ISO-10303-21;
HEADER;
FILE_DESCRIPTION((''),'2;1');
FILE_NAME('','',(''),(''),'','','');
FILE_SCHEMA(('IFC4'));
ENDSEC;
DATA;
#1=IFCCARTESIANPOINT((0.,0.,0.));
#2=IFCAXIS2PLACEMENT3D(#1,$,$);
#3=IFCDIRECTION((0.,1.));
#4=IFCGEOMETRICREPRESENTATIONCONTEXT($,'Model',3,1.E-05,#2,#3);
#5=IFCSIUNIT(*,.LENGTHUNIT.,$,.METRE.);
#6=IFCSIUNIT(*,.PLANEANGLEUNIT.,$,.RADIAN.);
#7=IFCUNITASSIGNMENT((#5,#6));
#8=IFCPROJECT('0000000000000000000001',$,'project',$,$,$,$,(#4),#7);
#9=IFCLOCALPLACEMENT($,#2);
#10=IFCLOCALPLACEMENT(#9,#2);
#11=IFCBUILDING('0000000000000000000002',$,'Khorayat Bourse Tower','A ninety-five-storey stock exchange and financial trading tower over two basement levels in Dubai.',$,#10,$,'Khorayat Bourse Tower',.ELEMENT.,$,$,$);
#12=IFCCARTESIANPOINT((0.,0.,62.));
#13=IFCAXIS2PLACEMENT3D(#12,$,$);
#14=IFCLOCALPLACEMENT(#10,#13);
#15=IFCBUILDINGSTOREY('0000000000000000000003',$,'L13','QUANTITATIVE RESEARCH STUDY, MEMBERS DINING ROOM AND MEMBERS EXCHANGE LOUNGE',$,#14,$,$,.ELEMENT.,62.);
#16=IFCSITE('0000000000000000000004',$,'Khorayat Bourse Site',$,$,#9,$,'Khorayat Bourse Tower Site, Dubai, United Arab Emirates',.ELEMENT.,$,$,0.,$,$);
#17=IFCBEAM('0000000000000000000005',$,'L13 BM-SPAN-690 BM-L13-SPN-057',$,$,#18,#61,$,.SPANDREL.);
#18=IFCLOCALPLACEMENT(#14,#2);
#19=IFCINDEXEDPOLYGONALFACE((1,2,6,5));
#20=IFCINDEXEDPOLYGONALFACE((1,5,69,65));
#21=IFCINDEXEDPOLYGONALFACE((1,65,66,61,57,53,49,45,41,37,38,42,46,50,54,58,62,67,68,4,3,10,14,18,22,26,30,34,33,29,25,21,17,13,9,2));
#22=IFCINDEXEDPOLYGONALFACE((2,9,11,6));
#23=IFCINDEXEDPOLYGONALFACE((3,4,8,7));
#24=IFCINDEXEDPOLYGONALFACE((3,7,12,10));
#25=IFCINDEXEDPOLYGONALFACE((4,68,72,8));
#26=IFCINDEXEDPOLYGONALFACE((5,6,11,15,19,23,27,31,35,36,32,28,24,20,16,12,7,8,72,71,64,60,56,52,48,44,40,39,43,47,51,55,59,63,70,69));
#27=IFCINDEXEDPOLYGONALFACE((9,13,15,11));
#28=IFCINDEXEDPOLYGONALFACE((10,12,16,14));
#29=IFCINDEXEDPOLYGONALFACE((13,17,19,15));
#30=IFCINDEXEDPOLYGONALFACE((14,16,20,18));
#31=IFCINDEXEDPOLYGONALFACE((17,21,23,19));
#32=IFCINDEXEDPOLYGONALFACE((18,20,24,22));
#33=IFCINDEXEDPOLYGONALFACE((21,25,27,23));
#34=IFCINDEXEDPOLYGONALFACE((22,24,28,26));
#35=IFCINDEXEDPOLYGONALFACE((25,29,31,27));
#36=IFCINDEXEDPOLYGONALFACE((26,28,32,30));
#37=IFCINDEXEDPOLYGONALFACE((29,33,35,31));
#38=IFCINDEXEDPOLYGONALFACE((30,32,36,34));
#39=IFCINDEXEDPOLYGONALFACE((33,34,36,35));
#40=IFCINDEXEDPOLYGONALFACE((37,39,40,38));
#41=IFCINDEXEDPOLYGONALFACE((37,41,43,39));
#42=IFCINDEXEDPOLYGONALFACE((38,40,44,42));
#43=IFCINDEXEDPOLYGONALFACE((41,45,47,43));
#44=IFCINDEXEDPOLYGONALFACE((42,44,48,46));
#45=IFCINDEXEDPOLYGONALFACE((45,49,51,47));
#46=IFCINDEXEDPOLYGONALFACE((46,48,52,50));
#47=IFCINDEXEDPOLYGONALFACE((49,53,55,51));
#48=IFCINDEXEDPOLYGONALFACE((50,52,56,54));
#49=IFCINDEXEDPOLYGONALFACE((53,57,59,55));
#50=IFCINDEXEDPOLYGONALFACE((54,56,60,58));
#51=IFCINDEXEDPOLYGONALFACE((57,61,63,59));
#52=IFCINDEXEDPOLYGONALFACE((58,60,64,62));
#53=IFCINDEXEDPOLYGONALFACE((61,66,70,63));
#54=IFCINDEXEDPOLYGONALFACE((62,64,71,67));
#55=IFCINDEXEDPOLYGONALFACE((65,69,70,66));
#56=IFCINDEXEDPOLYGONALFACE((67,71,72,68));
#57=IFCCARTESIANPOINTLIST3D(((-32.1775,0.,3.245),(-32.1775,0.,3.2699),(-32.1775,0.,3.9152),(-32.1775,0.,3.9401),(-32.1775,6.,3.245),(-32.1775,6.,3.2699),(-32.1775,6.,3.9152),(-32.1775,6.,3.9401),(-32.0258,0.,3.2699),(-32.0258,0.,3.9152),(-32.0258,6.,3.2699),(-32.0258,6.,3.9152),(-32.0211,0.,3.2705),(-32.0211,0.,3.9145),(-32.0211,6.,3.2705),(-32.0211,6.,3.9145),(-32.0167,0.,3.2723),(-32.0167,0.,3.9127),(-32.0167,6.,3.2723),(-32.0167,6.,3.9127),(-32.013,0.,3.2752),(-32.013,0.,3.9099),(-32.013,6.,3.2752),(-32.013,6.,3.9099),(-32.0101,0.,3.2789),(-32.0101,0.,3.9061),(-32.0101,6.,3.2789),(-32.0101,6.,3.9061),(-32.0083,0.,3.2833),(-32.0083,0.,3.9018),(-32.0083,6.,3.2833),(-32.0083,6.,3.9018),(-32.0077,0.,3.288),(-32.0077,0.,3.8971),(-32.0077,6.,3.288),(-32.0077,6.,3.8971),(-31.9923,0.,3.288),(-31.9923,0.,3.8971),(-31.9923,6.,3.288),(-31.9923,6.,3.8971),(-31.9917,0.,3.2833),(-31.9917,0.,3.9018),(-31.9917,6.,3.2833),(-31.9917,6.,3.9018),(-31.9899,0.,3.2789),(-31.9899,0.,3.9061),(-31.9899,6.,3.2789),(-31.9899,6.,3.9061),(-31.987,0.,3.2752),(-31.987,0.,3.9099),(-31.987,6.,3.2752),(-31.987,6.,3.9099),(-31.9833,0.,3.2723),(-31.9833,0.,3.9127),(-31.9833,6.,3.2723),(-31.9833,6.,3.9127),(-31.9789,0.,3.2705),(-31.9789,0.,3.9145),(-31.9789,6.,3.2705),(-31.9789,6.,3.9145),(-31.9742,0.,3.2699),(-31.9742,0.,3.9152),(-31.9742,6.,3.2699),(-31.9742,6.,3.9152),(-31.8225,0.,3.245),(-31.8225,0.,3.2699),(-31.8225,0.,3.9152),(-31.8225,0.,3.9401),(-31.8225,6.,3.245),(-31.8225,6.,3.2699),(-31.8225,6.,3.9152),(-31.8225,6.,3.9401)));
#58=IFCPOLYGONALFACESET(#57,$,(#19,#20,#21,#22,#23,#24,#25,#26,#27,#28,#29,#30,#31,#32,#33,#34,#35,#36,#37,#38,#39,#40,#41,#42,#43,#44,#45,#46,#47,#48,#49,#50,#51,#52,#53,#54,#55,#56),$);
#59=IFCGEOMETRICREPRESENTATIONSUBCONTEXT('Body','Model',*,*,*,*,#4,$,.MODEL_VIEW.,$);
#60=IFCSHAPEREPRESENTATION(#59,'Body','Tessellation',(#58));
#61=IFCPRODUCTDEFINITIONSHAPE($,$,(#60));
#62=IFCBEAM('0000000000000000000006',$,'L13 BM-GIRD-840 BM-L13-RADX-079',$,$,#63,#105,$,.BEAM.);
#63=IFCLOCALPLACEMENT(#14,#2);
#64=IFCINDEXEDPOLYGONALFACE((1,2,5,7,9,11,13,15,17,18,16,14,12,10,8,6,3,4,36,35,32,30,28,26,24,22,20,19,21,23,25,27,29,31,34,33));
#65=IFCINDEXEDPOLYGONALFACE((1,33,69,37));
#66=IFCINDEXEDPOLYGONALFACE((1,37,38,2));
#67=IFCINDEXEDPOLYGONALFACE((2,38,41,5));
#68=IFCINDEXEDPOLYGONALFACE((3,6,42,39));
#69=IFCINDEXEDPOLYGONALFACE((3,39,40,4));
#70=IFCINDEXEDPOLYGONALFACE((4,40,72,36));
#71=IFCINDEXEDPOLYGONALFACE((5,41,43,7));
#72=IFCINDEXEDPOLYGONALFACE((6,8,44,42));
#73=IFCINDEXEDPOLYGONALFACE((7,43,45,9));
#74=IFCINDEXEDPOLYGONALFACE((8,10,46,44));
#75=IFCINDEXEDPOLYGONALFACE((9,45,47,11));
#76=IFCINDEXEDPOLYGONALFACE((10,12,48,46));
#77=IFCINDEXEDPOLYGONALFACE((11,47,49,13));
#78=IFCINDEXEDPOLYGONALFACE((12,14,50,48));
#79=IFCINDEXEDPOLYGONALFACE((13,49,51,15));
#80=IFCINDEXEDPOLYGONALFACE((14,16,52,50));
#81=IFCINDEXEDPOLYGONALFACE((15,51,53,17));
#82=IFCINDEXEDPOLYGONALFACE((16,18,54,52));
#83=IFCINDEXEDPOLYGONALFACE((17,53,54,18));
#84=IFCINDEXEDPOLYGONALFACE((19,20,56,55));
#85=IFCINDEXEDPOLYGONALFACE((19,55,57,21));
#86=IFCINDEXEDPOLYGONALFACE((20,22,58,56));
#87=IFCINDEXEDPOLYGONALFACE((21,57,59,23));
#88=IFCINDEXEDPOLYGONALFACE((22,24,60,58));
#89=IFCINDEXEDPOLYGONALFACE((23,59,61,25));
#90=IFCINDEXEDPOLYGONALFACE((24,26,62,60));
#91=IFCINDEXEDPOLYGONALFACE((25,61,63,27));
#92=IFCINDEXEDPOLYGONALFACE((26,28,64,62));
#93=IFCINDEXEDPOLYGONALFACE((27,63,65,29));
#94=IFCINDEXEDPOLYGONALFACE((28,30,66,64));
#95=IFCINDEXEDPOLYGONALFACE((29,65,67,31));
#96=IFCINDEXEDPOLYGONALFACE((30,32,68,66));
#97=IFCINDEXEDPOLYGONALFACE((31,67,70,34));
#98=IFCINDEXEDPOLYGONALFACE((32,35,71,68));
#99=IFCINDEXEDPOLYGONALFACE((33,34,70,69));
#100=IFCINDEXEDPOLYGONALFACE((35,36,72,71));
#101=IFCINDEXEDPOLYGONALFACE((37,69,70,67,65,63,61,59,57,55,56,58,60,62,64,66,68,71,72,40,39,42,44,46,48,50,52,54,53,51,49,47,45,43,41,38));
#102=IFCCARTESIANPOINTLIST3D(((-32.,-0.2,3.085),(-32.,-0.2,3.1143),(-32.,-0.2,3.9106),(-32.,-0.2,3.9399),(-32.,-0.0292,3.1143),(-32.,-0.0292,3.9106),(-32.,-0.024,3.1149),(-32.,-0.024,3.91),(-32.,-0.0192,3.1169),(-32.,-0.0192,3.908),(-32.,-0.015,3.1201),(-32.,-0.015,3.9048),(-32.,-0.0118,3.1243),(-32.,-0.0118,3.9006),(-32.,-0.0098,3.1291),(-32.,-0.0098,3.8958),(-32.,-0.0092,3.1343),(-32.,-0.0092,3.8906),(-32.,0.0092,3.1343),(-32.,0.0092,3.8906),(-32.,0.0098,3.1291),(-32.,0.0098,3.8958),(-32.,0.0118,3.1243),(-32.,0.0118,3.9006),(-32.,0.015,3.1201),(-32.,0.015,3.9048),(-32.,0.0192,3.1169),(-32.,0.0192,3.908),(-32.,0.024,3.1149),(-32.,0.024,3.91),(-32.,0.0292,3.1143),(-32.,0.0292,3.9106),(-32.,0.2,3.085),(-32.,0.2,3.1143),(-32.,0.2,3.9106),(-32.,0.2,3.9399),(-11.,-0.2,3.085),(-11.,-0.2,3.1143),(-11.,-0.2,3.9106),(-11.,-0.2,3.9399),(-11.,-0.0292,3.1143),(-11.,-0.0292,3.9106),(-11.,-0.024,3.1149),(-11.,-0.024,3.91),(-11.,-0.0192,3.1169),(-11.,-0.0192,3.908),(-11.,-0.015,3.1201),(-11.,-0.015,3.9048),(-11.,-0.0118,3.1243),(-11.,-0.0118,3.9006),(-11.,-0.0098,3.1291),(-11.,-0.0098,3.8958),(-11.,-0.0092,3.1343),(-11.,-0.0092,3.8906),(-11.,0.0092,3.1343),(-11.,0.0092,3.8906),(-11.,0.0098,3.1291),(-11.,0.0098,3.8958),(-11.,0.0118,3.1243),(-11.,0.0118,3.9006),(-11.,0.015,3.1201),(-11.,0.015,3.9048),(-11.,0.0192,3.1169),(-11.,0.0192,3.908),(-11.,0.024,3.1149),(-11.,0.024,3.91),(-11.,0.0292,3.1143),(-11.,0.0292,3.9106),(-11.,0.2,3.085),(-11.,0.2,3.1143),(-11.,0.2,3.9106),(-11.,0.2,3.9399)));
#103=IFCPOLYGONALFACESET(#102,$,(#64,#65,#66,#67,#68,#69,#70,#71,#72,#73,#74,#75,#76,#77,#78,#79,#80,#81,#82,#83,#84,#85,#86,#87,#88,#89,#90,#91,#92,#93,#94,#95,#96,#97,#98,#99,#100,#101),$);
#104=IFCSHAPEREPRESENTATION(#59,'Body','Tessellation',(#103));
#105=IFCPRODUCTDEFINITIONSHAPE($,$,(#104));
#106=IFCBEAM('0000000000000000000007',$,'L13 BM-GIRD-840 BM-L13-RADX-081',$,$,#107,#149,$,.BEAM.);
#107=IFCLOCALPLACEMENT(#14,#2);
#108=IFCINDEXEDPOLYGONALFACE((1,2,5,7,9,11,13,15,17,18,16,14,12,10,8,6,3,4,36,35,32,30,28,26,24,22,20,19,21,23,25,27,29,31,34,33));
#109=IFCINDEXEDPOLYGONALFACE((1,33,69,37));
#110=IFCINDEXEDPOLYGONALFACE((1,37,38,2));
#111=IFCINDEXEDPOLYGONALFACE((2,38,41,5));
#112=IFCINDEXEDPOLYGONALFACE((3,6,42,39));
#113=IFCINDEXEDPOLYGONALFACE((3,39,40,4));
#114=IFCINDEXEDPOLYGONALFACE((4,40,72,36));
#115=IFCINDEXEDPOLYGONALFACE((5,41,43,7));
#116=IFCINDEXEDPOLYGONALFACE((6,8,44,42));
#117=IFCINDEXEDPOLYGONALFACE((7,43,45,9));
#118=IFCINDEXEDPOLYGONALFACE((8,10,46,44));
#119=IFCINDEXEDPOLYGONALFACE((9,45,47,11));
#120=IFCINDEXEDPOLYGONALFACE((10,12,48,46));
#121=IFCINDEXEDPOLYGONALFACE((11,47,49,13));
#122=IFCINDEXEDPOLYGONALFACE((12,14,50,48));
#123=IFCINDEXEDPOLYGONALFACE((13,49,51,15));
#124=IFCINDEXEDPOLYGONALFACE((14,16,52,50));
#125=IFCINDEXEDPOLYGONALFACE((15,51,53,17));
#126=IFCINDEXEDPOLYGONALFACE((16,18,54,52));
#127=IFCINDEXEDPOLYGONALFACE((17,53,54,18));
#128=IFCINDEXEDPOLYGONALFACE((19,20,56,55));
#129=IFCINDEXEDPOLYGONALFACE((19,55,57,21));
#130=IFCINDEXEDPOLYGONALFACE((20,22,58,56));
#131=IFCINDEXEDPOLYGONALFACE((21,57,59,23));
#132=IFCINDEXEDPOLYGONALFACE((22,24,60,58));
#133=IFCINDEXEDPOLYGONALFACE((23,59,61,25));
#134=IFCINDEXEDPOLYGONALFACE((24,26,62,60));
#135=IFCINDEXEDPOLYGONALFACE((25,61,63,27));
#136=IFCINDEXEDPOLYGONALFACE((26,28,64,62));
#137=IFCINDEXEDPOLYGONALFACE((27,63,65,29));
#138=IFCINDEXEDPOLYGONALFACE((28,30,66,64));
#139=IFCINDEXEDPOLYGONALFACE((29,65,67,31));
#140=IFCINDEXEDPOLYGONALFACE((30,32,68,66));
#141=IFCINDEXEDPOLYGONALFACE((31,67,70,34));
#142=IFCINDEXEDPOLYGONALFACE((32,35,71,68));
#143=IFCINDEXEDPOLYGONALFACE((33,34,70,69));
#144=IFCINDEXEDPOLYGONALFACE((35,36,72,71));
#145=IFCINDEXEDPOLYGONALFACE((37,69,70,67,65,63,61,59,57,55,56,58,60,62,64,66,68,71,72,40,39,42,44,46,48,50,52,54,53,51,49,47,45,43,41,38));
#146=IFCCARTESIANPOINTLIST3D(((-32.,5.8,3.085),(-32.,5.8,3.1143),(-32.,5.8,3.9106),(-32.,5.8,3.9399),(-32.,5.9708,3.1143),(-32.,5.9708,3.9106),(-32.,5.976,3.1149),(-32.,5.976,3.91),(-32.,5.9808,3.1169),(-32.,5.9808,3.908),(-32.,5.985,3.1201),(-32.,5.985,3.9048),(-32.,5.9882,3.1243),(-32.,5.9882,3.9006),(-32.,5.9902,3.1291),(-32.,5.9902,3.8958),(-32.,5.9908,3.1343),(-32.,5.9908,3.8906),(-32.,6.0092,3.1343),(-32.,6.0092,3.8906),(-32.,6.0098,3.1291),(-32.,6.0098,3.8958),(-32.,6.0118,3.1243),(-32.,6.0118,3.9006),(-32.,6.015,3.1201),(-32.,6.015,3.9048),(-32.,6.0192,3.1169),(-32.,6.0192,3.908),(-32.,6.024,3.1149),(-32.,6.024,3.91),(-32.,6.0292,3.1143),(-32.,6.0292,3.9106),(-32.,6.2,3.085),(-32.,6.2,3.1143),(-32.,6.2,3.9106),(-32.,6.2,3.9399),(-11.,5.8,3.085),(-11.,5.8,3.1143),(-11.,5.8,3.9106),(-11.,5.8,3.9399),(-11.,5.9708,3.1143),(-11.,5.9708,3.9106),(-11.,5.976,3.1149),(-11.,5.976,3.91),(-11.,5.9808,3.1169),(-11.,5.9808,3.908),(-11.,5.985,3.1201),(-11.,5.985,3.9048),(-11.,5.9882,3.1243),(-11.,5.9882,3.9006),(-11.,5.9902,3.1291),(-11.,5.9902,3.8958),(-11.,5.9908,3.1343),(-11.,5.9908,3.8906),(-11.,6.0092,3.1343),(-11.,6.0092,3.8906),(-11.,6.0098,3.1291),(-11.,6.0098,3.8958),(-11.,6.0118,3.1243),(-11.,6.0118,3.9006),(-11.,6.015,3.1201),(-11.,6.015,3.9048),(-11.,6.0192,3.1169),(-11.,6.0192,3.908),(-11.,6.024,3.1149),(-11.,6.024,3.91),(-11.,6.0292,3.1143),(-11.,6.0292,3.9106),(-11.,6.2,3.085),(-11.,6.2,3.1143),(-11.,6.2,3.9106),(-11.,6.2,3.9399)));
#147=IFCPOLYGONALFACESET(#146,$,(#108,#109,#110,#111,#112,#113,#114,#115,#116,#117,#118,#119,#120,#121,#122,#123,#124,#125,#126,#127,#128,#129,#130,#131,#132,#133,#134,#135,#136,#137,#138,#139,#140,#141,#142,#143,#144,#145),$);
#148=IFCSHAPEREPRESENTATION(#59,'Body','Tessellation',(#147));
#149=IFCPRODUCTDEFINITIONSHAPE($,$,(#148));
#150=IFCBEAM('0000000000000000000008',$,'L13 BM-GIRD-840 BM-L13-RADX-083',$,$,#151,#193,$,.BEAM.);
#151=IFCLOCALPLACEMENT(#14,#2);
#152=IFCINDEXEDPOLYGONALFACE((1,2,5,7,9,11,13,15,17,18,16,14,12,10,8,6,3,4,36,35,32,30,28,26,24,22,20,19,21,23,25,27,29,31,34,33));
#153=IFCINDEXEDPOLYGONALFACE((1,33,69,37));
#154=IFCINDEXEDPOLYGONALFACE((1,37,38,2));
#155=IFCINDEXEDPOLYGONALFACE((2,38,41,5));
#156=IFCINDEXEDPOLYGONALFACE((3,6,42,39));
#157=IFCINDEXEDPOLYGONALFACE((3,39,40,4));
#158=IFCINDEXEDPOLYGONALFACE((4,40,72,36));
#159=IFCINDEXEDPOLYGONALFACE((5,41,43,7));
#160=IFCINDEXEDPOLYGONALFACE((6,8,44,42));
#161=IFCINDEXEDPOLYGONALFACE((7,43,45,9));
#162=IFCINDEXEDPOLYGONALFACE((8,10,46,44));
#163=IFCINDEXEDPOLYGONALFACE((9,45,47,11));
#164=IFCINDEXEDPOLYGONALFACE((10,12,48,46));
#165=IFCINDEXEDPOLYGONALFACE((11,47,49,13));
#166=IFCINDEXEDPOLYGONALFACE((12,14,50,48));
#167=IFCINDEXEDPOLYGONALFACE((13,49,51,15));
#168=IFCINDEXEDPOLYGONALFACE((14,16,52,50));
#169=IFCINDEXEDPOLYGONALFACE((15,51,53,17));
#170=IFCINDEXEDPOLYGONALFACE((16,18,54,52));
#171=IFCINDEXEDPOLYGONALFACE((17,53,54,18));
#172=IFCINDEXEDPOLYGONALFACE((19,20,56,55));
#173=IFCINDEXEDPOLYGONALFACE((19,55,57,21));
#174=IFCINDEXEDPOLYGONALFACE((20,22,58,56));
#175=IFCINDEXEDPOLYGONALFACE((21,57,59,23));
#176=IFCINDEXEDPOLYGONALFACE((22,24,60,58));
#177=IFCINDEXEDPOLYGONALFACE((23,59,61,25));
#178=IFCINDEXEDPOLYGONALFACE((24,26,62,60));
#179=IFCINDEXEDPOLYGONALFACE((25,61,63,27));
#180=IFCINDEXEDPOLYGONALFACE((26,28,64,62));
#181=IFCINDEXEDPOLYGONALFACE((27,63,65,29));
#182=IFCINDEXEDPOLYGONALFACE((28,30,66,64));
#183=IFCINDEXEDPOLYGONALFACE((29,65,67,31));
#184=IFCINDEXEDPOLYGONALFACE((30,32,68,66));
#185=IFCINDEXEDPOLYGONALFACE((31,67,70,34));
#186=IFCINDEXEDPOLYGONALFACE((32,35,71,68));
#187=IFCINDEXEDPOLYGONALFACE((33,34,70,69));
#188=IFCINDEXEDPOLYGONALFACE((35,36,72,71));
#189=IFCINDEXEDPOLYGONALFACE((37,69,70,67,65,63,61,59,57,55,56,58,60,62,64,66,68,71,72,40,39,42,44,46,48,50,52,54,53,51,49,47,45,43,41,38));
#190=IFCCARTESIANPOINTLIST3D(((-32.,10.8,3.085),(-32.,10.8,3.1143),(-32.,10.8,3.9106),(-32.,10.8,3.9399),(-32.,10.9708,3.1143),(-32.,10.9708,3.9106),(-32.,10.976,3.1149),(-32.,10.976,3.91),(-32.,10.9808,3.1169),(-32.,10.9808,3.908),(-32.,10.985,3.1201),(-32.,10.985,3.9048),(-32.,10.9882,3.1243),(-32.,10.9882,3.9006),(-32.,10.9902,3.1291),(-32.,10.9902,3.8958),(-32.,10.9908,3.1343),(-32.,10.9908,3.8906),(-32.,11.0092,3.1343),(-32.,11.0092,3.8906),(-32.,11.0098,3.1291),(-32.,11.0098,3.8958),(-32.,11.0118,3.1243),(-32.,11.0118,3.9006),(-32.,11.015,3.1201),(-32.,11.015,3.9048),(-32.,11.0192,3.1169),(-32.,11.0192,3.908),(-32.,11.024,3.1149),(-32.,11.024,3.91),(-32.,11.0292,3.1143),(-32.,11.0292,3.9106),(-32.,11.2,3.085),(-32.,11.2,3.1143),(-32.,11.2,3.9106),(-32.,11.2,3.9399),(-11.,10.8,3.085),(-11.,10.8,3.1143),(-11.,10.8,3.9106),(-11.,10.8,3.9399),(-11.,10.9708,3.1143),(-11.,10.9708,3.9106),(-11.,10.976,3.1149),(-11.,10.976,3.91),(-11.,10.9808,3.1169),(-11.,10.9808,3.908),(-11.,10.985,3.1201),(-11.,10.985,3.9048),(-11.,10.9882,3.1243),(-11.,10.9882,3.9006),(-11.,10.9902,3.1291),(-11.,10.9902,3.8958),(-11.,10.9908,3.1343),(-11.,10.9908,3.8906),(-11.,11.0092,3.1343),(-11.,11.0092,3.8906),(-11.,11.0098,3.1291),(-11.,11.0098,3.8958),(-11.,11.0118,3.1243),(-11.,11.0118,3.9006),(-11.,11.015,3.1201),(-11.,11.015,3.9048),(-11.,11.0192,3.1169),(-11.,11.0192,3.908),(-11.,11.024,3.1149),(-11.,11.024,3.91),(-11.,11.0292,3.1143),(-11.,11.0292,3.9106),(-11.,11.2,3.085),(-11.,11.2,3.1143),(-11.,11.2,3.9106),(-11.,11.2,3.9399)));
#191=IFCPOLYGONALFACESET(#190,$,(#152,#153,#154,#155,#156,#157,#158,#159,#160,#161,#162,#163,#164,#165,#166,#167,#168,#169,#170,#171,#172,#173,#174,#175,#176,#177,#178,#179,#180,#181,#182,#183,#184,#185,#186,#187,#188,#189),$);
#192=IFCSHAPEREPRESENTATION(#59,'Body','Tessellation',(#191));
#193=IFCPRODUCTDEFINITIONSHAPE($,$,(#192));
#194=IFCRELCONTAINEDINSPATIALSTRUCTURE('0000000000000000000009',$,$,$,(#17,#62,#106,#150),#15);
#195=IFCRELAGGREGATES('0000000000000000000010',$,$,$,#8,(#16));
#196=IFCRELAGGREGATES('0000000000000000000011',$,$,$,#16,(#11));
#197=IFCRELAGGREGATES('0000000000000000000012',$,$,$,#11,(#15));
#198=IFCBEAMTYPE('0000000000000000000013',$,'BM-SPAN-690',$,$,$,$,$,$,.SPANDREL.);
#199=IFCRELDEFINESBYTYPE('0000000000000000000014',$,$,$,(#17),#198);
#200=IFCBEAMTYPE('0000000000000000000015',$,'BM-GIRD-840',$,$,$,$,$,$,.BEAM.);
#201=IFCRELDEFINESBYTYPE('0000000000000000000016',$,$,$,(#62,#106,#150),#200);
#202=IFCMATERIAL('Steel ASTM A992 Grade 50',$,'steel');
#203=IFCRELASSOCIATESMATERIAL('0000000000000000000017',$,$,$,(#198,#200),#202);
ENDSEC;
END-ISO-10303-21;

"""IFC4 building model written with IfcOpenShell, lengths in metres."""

from ifc_helpers import new_model, si_unit, direction, frame, origin, origin_2d, place, context, subcontext, project, spatial, i_section, extrude, source, transform, mapped, material, material_profile, profile_set, type_object, element, save


model = new_model("IFC4")

# Units and contexts
model_context = context("Model", 3, precision=1e-05, world=origin(), true_north=direction((0.0, 1.0)))
body_context = subcontext(model_context, "Body", "Model", "MODEL_VIEW")
ifc_project = project(units=[si_unit("LENGTHUNIT", "METRE"), si_unit("PLANEANGLEUNIT", "RADIAN")], contexts=[model_context])

# Site, building, storey
site_placement = place(None, origin())
site = spatial("IfcSite", under=ifc_project, at=site_placement, Name="Khorayat Bourse Site", LongName="Khorayat Bourse Tower Site, Dubai, United Arab Emirates", CompositionType="ELEMENT", RefElevation=0.0)
building_placement = place(site_placement, origin())
building = spatial("IfcBuilding", under=site, at=building_placement, Name="Khorayat Bourse Tower", Description="A ninety-five-storey stock exchange and financial trading tower over two basement levels in Dubai.", LongName="Khorayat Bourse Tower", CompositionType="ELEMENT")
storey_placement = place(building_placement, frame((0.0, 0.0, 62.0)))
storey = spatial("IfcBuildingStorey", under=building, at=storey_placement, Name="L13", Description="QUANTITATIVE RESEARCH STUDY, MEMBERS DINING ROOM AND MEMBERS EXCHANGE LOUNGE", CompositionType="ELEMENT", Elevation=62.0)

# Beams
ifc_material_1 = material(Name="Steel ASTM A992 Grade 50", Category="steel")
ifc_material_profile_1 = material_profile(ifc_material_1, i_section(OverallWidth=0.355, OverallDepth=0.6951, WebThickness=0.0154, FlangeThickness=0.0249, FilletRadius=0.0181, at=origin_2d()), Name="W690X217")
ifc_profile_set_1 = profile_set([ifc_material_profile_1], Name="Steel ASTM A992 Grade 50")
beam_type_1 = type_object("IfcBeamType", Name="BM-SPAN-690", PredefinedType="SPANDREL", material=ifc_profile_set_1)
shared_shape_1 = source(origin(), body_context, "Body", "SweptSolid", [
    extrude(i_section(OverallWidth=0.355, OverallDepth=0.6951, WebThickness=0.0154, FlangeThickness=0.0249, FilletRadius=0.0181, at=origin_2d()), origin(), (0.0, 0.0, 1.0), 6.0),
])
beam_1_placement = place(storey_placement, frame((-32.0, 0.0, 3.5925), z_axis=(0.0, 1.0, 0.0), x_axis=(-1.0, 0.0, 0.0)))
element("IfcBeam", 1, at=beam_1_placement, inside=storey, type_object=beam_type_1, Name="L13 BM-SPAN-690 BM-L13-SPN-057", PredefinedType="SPANDREL", context=body_context, shape_type="MappedRepresentation", body=[
    mapped(shared_shape_1, transform((0.0, 0.0, 0.0), scale=1.0)),
])
ifc_material_profile_2 = material_profile(ifc_material_1, i_section(OverallWidth=0.3999, OverallDepth=0.855, WebThickness=0.0183, FlangeThickness=0.0293, FilletRadius=0.02, at=origin_2d()), Name="W840X299")
ifc_profile_set_2 = profile_set([ifc_material_profile_2], Name="Steel ASTM A992 Grade 50")
beam_type_2 = type_object("IfcBeamType", Name="BM-GIRD-840", PredefinedType="BEAM", material=ifc_profile_set_2)
shared_shape_2 = source(origin(), body_context, "Body", "SweptSolid", [
    extrude(i_section(OverallWidth=0.3999, OverallDepth=0.855, WebThickness=0.0183, FlangeThickness=0.0293, FilletRadius=0.02, at=origin_2d()), origin(), (0.0, 0.0, 1.0), 21.0),
])
for number, where, z_axis, x_axis, name in (
    (2, (-32.0, 0.0, 3.5125), (1.0, 0.0, 0.0), (0.0, 1.0, 0.0), "L13 BM-GIRD-840 BM-L13-RADX-079"),
    (3, (-32.0, 6.0, 3.5125), (1.0, 0.0, 0.0), (0.0, 1.0, 0.0), "L13 BM-GIRD-840 BM-L13-RADX-081"),
    (4, (-32.0, 11.0, 3.5125), (1.0, 0.0, 0.0), (0.0, 1.0, 0.0), "L13 BM-GIRD-840 BM-L13-RADX-083"),
):
    element("IfcBeam", number, at=place(storey_placement, frame(where, z_axis=z_axis, x_axis=x_axis)), inside=storey, type_object=beam_type_2, Name=name, PredefinedType="BEAM", context=body_context, shape_type="MappedRepresentation", body=[
        mapped(shared_shape_2, transform((0.0, 0.0, 0.0), scale=1.0)),
    ])

save(model, "model.ifc")
